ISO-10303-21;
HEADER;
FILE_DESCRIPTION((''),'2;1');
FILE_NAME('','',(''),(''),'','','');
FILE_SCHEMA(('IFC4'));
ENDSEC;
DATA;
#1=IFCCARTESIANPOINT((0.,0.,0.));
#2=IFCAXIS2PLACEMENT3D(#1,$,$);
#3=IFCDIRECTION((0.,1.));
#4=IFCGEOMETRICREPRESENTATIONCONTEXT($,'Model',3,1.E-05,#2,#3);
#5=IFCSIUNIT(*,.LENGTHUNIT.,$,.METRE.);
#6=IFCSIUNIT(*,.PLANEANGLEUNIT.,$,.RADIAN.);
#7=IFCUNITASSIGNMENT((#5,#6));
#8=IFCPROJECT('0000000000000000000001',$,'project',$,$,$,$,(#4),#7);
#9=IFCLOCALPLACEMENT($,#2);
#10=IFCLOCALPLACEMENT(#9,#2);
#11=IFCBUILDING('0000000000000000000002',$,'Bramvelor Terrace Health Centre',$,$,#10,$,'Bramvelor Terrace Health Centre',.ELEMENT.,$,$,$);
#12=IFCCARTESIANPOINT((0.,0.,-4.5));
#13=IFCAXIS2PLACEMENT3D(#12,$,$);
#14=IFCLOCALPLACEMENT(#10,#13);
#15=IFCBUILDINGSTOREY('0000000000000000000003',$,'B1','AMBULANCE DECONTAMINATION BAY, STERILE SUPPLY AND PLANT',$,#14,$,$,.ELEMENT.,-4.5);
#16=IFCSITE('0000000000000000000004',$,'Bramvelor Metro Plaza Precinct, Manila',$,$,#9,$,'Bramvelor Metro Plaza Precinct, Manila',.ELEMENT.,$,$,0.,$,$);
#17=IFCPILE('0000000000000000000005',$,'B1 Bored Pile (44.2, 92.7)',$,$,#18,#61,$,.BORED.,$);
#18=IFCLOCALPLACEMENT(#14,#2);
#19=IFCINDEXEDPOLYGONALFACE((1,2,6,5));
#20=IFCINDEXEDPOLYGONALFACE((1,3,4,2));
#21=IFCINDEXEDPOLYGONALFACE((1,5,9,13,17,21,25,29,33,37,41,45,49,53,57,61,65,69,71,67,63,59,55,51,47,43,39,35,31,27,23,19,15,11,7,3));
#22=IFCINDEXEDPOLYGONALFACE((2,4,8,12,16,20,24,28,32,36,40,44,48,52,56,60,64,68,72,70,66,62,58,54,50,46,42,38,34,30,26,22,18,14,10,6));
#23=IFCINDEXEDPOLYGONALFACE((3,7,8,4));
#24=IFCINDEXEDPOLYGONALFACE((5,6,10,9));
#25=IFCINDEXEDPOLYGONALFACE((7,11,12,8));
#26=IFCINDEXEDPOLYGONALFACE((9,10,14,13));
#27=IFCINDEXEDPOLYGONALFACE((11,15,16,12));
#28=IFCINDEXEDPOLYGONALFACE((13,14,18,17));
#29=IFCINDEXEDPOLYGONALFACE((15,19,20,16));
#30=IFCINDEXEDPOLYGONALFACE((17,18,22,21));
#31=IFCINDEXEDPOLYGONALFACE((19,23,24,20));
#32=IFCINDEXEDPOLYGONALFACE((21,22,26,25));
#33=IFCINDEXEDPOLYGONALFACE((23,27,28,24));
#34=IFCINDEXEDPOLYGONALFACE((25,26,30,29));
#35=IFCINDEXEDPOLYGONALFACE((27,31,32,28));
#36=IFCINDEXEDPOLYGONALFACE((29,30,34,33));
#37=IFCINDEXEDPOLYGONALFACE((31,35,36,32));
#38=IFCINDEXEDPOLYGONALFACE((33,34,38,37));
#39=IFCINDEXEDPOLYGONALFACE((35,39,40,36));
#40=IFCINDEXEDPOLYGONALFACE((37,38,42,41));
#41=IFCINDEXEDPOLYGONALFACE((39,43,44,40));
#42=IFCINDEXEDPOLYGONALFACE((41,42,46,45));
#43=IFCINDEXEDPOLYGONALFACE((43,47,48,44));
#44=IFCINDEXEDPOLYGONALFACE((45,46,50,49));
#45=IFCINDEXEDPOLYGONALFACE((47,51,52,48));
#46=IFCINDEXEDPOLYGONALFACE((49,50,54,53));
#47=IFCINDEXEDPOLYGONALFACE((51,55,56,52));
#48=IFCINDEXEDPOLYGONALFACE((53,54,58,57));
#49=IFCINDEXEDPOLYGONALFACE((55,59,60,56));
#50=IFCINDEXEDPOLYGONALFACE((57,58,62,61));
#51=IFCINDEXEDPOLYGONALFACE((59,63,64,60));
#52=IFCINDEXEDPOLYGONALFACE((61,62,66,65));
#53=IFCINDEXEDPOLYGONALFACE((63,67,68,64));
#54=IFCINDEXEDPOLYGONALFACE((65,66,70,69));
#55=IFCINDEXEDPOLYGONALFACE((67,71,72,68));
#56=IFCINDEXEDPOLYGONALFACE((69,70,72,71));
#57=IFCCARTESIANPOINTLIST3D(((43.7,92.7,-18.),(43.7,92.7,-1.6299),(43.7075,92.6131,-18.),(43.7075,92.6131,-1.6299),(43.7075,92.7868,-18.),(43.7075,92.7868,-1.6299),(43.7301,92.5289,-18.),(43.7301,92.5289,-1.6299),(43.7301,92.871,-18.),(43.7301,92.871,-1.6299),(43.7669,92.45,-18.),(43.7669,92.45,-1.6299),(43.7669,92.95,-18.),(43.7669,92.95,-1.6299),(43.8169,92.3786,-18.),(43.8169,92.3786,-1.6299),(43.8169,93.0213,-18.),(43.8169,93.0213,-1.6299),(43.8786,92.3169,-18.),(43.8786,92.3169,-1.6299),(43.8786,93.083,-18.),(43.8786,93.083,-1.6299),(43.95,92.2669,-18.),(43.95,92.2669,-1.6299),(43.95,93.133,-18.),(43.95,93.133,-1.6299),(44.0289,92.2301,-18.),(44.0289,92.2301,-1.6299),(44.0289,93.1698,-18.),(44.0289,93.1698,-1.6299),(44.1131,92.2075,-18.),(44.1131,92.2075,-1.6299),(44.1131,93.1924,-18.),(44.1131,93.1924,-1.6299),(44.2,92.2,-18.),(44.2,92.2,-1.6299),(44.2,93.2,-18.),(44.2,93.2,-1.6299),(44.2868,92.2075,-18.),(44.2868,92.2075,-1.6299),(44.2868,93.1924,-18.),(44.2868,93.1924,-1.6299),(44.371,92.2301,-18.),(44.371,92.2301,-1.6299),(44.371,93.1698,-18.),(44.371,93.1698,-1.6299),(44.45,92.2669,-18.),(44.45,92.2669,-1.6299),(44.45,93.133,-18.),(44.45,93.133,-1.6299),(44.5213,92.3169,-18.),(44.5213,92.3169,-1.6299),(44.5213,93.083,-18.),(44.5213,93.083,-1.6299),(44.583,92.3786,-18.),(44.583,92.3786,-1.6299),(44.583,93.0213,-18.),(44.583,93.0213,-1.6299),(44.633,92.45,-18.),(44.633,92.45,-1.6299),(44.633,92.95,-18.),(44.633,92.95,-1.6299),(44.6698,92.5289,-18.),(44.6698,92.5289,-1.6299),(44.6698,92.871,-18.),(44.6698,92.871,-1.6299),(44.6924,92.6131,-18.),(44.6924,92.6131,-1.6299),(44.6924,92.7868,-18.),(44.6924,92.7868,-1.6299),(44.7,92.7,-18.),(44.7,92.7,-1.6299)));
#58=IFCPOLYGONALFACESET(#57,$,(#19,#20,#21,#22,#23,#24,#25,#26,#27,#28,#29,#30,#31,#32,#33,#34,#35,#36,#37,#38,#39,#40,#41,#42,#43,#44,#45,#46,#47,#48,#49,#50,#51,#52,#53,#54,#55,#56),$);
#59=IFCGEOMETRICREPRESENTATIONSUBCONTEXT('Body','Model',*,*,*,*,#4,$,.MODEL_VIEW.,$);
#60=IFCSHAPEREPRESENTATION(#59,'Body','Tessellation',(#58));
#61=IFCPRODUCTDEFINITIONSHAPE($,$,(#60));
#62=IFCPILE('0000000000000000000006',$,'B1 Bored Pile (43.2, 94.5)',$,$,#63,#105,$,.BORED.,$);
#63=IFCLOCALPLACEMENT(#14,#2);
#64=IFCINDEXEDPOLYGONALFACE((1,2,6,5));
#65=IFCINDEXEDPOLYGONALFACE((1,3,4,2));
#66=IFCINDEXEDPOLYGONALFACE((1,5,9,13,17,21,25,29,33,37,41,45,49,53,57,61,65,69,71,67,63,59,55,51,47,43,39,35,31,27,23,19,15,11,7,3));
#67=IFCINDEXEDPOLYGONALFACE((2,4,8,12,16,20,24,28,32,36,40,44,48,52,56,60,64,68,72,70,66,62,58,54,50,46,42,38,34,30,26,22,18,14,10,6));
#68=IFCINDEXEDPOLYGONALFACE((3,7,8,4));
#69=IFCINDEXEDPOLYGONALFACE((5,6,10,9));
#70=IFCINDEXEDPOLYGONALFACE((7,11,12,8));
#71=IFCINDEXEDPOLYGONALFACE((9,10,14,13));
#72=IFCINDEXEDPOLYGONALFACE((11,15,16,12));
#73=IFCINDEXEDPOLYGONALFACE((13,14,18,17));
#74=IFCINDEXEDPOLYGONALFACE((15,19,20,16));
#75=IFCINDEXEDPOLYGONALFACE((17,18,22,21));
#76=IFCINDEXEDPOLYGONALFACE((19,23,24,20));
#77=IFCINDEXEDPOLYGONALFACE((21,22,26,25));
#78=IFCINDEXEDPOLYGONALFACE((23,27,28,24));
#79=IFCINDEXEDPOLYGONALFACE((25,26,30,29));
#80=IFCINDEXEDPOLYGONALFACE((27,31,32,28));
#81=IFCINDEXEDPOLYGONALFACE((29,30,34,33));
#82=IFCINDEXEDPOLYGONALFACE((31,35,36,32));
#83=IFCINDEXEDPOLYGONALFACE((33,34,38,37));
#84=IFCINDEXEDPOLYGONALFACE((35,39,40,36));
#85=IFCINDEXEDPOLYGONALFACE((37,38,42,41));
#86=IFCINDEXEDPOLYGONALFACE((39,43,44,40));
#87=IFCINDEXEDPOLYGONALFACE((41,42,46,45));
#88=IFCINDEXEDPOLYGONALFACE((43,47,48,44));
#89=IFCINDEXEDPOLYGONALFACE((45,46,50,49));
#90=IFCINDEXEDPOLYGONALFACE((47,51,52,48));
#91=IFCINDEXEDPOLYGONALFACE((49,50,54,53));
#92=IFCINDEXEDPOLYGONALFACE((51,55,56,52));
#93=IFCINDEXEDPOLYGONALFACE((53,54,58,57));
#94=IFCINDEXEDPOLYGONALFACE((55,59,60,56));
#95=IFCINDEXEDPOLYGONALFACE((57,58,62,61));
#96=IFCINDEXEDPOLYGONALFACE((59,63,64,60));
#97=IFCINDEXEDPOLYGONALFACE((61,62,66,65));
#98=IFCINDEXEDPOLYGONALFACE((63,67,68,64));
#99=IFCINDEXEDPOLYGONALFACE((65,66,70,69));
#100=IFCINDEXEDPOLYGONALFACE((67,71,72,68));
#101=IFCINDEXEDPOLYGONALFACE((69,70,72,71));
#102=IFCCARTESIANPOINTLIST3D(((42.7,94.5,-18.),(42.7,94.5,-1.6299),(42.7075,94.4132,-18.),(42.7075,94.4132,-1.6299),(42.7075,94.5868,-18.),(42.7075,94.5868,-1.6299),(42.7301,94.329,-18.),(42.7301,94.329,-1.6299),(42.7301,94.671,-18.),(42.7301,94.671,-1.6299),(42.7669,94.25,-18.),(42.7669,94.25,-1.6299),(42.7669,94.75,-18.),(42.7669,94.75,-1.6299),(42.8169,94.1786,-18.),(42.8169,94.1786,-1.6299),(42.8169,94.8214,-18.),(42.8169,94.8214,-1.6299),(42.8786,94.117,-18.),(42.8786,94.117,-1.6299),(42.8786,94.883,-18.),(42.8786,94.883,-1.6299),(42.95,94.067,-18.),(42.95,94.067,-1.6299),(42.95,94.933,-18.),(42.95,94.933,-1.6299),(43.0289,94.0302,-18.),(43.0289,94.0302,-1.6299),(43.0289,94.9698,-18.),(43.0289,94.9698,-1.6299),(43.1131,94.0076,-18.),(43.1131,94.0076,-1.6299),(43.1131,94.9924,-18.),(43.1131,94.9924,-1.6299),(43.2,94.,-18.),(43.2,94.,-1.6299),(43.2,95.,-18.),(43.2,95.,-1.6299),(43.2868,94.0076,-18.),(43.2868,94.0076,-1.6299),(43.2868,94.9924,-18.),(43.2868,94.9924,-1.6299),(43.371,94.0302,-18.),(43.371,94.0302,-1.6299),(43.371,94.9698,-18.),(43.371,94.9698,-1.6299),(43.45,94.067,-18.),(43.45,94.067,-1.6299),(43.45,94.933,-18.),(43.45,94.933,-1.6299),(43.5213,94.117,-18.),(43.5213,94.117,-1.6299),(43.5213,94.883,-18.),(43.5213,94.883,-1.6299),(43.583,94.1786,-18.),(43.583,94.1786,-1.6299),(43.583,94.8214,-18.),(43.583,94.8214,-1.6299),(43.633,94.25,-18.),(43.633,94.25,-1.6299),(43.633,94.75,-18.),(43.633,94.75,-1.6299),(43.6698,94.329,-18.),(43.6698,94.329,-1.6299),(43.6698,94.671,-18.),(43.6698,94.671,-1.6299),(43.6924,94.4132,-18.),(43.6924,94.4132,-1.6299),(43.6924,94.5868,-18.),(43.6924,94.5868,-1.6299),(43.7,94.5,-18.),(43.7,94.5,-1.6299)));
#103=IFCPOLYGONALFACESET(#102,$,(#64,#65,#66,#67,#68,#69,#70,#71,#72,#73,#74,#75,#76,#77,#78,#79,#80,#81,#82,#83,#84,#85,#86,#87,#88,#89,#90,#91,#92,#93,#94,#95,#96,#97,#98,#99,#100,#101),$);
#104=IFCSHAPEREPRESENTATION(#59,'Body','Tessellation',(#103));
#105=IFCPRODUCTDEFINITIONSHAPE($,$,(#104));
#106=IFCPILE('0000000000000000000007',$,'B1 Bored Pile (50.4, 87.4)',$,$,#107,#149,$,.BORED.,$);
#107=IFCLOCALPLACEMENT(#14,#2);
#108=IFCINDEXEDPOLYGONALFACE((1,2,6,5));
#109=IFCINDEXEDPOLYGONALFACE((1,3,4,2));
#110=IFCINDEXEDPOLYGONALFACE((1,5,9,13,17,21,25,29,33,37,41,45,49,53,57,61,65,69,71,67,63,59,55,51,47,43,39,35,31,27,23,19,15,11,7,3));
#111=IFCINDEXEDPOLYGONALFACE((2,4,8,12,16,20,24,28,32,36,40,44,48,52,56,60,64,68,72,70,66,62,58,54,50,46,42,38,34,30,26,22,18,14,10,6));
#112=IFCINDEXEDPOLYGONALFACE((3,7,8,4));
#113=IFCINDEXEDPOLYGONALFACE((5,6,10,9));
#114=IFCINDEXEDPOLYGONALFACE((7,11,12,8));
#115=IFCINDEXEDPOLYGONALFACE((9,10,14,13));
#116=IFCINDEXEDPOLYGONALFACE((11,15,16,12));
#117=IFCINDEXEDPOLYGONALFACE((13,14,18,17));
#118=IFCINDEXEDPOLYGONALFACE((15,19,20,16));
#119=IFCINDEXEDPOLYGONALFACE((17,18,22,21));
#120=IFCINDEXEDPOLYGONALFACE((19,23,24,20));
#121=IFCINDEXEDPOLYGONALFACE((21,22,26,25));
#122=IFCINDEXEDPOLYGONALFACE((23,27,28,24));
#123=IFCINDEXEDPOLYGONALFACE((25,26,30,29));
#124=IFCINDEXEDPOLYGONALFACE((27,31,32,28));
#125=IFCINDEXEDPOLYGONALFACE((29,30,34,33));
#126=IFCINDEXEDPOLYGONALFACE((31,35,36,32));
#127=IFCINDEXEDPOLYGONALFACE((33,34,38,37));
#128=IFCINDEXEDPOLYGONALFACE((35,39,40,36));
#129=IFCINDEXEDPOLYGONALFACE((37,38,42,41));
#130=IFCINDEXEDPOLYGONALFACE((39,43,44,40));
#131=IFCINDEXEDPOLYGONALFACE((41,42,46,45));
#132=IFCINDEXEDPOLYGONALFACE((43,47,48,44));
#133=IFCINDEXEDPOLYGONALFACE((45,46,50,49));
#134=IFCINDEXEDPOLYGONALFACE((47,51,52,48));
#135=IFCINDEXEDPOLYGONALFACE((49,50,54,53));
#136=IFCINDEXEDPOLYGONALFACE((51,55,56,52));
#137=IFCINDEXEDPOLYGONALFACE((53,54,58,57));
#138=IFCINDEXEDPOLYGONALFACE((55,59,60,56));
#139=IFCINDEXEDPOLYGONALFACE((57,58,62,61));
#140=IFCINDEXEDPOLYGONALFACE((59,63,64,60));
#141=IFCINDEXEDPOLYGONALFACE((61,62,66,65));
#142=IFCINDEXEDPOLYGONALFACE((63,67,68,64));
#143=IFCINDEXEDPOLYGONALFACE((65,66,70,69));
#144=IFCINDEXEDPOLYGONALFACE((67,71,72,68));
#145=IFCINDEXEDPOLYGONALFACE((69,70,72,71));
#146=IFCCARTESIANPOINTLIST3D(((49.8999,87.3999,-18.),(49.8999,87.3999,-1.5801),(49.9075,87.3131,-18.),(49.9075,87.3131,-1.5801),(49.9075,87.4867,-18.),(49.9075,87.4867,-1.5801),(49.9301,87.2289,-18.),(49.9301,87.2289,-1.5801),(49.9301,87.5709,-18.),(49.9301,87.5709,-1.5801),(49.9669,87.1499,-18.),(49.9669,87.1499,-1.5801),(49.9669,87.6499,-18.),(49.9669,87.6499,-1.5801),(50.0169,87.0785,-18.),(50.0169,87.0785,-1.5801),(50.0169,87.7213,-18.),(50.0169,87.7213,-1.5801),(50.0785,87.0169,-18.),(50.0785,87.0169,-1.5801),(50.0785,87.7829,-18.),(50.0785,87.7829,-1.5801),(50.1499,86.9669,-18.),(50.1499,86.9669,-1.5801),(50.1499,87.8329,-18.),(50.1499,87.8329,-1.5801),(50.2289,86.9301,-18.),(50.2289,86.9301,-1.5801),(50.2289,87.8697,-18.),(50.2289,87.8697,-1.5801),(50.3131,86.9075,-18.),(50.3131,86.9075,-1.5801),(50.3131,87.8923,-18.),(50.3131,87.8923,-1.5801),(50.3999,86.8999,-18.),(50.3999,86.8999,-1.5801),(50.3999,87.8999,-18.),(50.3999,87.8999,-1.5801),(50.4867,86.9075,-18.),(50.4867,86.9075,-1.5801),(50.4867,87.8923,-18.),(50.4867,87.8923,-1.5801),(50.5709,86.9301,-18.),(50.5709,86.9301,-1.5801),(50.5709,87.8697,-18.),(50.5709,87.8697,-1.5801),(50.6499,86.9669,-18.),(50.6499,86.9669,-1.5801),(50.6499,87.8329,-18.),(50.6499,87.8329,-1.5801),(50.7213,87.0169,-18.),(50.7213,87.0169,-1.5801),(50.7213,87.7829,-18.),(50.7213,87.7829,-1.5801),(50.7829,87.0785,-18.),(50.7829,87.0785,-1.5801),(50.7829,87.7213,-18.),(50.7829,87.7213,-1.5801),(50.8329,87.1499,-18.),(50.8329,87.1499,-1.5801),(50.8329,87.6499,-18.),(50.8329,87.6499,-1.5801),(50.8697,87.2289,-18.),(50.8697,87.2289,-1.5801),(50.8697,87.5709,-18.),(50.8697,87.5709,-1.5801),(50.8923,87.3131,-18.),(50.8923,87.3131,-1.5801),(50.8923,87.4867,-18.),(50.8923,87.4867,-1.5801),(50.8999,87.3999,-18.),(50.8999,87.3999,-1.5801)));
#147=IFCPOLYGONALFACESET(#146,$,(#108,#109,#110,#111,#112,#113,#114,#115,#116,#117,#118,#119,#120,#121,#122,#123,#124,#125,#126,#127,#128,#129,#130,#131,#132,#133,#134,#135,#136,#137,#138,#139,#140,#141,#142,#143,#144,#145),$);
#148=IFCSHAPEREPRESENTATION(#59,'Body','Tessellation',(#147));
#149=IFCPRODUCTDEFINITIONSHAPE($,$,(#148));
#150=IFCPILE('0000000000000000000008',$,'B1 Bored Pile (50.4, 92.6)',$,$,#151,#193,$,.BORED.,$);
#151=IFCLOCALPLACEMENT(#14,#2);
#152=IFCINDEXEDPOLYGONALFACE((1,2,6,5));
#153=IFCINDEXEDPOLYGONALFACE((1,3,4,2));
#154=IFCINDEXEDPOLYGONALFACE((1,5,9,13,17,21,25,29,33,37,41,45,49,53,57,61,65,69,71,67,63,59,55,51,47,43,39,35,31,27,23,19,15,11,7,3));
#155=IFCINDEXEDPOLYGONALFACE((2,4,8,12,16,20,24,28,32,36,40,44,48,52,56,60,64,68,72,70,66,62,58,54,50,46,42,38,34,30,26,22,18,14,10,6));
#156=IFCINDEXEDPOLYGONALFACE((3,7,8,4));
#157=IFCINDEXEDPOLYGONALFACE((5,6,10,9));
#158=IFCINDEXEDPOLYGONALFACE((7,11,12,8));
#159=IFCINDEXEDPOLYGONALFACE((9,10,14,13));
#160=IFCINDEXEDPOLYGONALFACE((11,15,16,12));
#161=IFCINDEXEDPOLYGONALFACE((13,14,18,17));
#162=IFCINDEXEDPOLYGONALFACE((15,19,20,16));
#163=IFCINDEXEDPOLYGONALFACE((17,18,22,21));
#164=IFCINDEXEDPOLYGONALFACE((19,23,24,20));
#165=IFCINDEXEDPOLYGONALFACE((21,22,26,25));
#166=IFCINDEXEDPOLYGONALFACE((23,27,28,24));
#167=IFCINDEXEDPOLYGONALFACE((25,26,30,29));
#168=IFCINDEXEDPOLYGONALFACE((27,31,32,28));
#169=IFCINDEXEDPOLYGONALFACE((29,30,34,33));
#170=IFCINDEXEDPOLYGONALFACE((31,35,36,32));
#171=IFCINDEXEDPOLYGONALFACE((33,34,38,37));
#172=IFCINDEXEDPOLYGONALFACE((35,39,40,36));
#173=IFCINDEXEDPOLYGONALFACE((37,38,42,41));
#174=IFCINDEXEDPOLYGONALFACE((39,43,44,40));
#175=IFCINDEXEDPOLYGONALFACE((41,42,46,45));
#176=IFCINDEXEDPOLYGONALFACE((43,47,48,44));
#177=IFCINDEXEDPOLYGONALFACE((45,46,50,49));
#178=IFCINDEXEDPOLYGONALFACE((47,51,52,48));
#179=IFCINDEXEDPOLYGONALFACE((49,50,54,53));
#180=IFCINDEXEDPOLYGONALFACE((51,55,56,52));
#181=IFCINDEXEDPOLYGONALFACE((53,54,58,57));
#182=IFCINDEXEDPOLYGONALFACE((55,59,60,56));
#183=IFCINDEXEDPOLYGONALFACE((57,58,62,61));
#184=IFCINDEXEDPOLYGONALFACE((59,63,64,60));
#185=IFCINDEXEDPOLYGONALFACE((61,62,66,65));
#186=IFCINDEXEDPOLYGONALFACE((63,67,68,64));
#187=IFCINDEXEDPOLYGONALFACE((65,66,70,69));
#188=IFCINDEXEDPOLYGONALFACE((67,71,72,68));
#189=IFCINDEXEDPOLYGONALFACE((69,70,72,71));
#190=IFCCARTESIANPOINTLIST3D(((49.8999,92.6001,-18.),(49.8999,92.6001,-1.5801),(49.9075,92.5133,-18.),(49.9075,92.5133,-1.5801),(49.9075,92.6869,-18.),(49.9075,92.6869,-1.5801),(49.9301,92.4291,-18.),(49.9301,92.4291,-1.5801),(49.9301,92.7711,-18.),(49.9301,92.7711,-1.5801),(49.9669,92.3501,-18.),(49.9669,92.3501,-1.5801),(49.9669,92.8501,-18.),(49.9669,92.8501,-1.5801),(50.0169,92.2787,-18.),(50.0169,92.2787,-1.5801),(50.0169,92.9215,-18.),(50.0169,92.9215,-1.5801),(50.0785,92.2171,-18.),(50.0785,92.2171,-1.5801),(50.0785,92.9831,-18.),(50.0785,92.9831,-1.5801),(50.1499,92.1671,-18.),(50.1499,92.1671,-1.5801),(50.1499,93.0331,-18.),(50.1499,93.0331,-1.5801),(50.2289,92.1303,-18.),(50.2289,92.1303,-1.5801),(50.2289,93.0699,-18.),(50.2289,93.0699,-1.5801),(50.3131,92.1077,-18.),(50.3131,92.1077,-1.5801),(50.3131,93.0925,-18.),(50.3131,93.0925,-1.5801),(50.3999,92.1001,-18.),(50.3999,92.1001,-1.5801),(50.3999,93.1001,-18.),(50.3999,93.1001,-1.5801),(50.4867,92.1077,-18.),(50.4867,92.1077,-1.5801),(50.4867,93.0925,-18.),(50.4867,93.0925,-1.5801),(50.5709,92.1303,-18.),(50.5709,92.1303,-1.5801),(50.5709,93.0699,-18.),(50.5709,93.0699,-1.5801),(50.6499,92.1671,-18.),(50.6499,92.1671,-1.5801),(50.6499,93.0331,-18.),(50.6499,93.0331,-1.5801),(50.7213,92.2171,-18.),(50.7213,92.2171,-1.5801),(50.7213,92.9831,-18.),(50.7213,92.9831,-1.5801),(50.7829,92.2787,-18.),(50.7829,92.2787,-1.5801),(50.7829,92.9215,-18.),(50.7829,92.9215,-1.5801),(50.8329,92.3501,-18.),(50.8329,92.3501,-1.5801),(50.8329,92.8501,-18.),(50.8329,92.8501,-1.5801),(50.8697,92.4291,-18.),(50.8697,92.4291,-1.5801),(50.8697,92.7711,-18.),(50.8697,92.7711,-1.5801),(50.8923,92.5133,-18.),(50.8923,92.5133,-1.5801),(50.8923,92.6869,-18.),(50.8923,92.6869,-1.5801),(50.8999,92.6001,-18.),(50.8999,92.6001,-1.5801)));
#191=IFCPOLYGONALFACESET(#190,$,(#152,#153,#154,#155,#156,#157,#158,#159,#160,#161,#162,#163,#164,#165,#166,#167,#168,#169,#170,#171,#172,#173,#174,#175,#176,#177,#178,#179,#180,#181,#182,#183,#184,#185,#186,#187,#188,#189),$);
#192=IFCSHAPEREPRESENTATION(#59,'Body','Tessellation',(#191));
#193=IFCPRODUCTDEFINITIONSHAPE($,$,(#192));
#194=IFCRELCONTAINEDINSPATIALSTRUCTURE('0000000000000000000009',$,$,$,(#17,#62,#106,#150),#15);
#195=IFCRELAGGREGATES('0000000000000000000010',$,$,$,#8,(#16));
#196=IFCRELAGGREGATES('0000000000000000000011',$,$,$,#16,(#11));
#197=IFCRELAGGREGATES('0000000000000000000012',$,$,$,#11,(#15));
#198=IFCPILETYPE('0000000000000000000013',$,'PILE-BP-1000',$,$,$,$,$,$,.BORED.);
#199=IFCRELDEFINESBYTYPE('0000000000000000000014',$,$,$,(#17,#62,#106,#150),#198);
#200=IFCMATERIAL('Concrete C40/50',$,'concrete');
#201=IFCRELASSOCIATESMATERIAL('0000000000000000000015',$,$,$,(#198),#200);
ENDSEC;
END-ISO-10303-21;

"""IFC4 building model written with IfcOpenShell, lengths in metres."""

from ifc_helpers import new_model, si_unit, direction, frame, origin, origin_2d, place, context, subcontext, project, spatial, circle, extrude, material, material_profile, profile_set, type_object, element, save


model = new_model("IFC4")

# Units and contexts
model_context = context("Model", 3, precision=1e-05, world=origin(), true_north=direction((0.0, 1.0)))
body_context = subcontext(model_context, "Body", "Model", "MODEL_VIEW")
ifc_project = project(units=[si_unit("LENGTHUNIT", "METRE"), si_unit("PLANEANGLEUNIT", "RADIAN")], contexts=[model_context])

# Site, building, storey
site_placement = place(None, origin())
site = spatial("IfcSite", under=ifc_project, at=site_placement, Name="Bramvelor Metro Plaza Precinct, Manila", LongName="Bramvelor Metro Plaza Precinct, Manila", CompositionType="ELEMENT", RefElevation=0.0)
building_placement = place(site_placement, origin())
building = spatial("IfcBuilding", under=site, at=building_placement, Name="Bramvelor Terrace Health Centre", LongName="Bramvelor Terrace Health Centre", CompositionType="ELEMENT")
storey_placement = place(building_placement, frame((0.0, 0.0, -4.5)))
storey = spatial("IfcBuildingStorey", under=building, at=storey_placement, Name="B1", Description="AMBULANCE DECONTAMINATION BAY, STERILE SUPPLY AND PLANT", CompositionType="ELEMENT", Elevation=-4.5)

# Piles
ifc_material_1 = material(Name="Concrete C40/50", Category="concrete")
ifc_material_profile_1 = material_profile(ifc_material_1, circle(Radius=0.5, at=origin_2d()), Name="BP D1000")
ifc_profile_set_1 = profile_set([ifc_material_profile_1], Name="Concrete C40/50")
pile_type = type_object("IfcPileType", Name="PILE-BP-1000", PredefinedType="BORED", material=ifc_profile_set_1)
for number, where, z_axis, x_axis, name in (
    (1, (44.2, 92.7, -1.6299), (0.0, 0.0, -1.0), (1.0, 0.0, 0.0), "B1 Bored Pile (44.2, 92.7)"),
    (2, (43.2, 94.5, -1.6299), (0.0, 0.0, -1.0), (1.0, 0.0, 0.0), "B1 Bored Pile (43.2, 94.5)"),
):
    element("IfcPile", number, at=place(storey_placement, frame(where, z_axis=z_axis, x_axis=x_axis)), inside=storey, type_object=pile_type, Name=name, PredefinedType="BORED", context=body_context, shape_type="SweptSolid", body=[
        extrude(circle(Radius=0.5, at=origin_2d()), origin(), (0.0, 0.0, 1.0), 16.3701),
    ])
for number, where, z_axis, x_axis, name in (
    (3, (50.3999, 87.3999, -1.5801), (0.0, 0.0, -1.0), (1.0, 0.0, 0.0), "B1 Bored Pile (50.4, 87.4)"),
    (4, (50.3999, 92.6001, -1.5801), (0.0, 0.0, -1.0), (1.0, 0.0, 0.0), "B1 Bored Pile (50.4, 92.6)"),
):
    element("IfcPile", number, at=place(storey_placement, frame(where, z_axis=z_axis, x_axis=x_axis)), inside=storey, type_object=pile_type, Name=name, PredefinedType="BORED", context=body_context, shape_type="SweptSolid", body=[
        extrude(circle(Radius=0.5, at=origin_2d()), origin(), (0.0, 0.0, 1.0), 16.4199),
    ])

save(model, "model.ifc")
